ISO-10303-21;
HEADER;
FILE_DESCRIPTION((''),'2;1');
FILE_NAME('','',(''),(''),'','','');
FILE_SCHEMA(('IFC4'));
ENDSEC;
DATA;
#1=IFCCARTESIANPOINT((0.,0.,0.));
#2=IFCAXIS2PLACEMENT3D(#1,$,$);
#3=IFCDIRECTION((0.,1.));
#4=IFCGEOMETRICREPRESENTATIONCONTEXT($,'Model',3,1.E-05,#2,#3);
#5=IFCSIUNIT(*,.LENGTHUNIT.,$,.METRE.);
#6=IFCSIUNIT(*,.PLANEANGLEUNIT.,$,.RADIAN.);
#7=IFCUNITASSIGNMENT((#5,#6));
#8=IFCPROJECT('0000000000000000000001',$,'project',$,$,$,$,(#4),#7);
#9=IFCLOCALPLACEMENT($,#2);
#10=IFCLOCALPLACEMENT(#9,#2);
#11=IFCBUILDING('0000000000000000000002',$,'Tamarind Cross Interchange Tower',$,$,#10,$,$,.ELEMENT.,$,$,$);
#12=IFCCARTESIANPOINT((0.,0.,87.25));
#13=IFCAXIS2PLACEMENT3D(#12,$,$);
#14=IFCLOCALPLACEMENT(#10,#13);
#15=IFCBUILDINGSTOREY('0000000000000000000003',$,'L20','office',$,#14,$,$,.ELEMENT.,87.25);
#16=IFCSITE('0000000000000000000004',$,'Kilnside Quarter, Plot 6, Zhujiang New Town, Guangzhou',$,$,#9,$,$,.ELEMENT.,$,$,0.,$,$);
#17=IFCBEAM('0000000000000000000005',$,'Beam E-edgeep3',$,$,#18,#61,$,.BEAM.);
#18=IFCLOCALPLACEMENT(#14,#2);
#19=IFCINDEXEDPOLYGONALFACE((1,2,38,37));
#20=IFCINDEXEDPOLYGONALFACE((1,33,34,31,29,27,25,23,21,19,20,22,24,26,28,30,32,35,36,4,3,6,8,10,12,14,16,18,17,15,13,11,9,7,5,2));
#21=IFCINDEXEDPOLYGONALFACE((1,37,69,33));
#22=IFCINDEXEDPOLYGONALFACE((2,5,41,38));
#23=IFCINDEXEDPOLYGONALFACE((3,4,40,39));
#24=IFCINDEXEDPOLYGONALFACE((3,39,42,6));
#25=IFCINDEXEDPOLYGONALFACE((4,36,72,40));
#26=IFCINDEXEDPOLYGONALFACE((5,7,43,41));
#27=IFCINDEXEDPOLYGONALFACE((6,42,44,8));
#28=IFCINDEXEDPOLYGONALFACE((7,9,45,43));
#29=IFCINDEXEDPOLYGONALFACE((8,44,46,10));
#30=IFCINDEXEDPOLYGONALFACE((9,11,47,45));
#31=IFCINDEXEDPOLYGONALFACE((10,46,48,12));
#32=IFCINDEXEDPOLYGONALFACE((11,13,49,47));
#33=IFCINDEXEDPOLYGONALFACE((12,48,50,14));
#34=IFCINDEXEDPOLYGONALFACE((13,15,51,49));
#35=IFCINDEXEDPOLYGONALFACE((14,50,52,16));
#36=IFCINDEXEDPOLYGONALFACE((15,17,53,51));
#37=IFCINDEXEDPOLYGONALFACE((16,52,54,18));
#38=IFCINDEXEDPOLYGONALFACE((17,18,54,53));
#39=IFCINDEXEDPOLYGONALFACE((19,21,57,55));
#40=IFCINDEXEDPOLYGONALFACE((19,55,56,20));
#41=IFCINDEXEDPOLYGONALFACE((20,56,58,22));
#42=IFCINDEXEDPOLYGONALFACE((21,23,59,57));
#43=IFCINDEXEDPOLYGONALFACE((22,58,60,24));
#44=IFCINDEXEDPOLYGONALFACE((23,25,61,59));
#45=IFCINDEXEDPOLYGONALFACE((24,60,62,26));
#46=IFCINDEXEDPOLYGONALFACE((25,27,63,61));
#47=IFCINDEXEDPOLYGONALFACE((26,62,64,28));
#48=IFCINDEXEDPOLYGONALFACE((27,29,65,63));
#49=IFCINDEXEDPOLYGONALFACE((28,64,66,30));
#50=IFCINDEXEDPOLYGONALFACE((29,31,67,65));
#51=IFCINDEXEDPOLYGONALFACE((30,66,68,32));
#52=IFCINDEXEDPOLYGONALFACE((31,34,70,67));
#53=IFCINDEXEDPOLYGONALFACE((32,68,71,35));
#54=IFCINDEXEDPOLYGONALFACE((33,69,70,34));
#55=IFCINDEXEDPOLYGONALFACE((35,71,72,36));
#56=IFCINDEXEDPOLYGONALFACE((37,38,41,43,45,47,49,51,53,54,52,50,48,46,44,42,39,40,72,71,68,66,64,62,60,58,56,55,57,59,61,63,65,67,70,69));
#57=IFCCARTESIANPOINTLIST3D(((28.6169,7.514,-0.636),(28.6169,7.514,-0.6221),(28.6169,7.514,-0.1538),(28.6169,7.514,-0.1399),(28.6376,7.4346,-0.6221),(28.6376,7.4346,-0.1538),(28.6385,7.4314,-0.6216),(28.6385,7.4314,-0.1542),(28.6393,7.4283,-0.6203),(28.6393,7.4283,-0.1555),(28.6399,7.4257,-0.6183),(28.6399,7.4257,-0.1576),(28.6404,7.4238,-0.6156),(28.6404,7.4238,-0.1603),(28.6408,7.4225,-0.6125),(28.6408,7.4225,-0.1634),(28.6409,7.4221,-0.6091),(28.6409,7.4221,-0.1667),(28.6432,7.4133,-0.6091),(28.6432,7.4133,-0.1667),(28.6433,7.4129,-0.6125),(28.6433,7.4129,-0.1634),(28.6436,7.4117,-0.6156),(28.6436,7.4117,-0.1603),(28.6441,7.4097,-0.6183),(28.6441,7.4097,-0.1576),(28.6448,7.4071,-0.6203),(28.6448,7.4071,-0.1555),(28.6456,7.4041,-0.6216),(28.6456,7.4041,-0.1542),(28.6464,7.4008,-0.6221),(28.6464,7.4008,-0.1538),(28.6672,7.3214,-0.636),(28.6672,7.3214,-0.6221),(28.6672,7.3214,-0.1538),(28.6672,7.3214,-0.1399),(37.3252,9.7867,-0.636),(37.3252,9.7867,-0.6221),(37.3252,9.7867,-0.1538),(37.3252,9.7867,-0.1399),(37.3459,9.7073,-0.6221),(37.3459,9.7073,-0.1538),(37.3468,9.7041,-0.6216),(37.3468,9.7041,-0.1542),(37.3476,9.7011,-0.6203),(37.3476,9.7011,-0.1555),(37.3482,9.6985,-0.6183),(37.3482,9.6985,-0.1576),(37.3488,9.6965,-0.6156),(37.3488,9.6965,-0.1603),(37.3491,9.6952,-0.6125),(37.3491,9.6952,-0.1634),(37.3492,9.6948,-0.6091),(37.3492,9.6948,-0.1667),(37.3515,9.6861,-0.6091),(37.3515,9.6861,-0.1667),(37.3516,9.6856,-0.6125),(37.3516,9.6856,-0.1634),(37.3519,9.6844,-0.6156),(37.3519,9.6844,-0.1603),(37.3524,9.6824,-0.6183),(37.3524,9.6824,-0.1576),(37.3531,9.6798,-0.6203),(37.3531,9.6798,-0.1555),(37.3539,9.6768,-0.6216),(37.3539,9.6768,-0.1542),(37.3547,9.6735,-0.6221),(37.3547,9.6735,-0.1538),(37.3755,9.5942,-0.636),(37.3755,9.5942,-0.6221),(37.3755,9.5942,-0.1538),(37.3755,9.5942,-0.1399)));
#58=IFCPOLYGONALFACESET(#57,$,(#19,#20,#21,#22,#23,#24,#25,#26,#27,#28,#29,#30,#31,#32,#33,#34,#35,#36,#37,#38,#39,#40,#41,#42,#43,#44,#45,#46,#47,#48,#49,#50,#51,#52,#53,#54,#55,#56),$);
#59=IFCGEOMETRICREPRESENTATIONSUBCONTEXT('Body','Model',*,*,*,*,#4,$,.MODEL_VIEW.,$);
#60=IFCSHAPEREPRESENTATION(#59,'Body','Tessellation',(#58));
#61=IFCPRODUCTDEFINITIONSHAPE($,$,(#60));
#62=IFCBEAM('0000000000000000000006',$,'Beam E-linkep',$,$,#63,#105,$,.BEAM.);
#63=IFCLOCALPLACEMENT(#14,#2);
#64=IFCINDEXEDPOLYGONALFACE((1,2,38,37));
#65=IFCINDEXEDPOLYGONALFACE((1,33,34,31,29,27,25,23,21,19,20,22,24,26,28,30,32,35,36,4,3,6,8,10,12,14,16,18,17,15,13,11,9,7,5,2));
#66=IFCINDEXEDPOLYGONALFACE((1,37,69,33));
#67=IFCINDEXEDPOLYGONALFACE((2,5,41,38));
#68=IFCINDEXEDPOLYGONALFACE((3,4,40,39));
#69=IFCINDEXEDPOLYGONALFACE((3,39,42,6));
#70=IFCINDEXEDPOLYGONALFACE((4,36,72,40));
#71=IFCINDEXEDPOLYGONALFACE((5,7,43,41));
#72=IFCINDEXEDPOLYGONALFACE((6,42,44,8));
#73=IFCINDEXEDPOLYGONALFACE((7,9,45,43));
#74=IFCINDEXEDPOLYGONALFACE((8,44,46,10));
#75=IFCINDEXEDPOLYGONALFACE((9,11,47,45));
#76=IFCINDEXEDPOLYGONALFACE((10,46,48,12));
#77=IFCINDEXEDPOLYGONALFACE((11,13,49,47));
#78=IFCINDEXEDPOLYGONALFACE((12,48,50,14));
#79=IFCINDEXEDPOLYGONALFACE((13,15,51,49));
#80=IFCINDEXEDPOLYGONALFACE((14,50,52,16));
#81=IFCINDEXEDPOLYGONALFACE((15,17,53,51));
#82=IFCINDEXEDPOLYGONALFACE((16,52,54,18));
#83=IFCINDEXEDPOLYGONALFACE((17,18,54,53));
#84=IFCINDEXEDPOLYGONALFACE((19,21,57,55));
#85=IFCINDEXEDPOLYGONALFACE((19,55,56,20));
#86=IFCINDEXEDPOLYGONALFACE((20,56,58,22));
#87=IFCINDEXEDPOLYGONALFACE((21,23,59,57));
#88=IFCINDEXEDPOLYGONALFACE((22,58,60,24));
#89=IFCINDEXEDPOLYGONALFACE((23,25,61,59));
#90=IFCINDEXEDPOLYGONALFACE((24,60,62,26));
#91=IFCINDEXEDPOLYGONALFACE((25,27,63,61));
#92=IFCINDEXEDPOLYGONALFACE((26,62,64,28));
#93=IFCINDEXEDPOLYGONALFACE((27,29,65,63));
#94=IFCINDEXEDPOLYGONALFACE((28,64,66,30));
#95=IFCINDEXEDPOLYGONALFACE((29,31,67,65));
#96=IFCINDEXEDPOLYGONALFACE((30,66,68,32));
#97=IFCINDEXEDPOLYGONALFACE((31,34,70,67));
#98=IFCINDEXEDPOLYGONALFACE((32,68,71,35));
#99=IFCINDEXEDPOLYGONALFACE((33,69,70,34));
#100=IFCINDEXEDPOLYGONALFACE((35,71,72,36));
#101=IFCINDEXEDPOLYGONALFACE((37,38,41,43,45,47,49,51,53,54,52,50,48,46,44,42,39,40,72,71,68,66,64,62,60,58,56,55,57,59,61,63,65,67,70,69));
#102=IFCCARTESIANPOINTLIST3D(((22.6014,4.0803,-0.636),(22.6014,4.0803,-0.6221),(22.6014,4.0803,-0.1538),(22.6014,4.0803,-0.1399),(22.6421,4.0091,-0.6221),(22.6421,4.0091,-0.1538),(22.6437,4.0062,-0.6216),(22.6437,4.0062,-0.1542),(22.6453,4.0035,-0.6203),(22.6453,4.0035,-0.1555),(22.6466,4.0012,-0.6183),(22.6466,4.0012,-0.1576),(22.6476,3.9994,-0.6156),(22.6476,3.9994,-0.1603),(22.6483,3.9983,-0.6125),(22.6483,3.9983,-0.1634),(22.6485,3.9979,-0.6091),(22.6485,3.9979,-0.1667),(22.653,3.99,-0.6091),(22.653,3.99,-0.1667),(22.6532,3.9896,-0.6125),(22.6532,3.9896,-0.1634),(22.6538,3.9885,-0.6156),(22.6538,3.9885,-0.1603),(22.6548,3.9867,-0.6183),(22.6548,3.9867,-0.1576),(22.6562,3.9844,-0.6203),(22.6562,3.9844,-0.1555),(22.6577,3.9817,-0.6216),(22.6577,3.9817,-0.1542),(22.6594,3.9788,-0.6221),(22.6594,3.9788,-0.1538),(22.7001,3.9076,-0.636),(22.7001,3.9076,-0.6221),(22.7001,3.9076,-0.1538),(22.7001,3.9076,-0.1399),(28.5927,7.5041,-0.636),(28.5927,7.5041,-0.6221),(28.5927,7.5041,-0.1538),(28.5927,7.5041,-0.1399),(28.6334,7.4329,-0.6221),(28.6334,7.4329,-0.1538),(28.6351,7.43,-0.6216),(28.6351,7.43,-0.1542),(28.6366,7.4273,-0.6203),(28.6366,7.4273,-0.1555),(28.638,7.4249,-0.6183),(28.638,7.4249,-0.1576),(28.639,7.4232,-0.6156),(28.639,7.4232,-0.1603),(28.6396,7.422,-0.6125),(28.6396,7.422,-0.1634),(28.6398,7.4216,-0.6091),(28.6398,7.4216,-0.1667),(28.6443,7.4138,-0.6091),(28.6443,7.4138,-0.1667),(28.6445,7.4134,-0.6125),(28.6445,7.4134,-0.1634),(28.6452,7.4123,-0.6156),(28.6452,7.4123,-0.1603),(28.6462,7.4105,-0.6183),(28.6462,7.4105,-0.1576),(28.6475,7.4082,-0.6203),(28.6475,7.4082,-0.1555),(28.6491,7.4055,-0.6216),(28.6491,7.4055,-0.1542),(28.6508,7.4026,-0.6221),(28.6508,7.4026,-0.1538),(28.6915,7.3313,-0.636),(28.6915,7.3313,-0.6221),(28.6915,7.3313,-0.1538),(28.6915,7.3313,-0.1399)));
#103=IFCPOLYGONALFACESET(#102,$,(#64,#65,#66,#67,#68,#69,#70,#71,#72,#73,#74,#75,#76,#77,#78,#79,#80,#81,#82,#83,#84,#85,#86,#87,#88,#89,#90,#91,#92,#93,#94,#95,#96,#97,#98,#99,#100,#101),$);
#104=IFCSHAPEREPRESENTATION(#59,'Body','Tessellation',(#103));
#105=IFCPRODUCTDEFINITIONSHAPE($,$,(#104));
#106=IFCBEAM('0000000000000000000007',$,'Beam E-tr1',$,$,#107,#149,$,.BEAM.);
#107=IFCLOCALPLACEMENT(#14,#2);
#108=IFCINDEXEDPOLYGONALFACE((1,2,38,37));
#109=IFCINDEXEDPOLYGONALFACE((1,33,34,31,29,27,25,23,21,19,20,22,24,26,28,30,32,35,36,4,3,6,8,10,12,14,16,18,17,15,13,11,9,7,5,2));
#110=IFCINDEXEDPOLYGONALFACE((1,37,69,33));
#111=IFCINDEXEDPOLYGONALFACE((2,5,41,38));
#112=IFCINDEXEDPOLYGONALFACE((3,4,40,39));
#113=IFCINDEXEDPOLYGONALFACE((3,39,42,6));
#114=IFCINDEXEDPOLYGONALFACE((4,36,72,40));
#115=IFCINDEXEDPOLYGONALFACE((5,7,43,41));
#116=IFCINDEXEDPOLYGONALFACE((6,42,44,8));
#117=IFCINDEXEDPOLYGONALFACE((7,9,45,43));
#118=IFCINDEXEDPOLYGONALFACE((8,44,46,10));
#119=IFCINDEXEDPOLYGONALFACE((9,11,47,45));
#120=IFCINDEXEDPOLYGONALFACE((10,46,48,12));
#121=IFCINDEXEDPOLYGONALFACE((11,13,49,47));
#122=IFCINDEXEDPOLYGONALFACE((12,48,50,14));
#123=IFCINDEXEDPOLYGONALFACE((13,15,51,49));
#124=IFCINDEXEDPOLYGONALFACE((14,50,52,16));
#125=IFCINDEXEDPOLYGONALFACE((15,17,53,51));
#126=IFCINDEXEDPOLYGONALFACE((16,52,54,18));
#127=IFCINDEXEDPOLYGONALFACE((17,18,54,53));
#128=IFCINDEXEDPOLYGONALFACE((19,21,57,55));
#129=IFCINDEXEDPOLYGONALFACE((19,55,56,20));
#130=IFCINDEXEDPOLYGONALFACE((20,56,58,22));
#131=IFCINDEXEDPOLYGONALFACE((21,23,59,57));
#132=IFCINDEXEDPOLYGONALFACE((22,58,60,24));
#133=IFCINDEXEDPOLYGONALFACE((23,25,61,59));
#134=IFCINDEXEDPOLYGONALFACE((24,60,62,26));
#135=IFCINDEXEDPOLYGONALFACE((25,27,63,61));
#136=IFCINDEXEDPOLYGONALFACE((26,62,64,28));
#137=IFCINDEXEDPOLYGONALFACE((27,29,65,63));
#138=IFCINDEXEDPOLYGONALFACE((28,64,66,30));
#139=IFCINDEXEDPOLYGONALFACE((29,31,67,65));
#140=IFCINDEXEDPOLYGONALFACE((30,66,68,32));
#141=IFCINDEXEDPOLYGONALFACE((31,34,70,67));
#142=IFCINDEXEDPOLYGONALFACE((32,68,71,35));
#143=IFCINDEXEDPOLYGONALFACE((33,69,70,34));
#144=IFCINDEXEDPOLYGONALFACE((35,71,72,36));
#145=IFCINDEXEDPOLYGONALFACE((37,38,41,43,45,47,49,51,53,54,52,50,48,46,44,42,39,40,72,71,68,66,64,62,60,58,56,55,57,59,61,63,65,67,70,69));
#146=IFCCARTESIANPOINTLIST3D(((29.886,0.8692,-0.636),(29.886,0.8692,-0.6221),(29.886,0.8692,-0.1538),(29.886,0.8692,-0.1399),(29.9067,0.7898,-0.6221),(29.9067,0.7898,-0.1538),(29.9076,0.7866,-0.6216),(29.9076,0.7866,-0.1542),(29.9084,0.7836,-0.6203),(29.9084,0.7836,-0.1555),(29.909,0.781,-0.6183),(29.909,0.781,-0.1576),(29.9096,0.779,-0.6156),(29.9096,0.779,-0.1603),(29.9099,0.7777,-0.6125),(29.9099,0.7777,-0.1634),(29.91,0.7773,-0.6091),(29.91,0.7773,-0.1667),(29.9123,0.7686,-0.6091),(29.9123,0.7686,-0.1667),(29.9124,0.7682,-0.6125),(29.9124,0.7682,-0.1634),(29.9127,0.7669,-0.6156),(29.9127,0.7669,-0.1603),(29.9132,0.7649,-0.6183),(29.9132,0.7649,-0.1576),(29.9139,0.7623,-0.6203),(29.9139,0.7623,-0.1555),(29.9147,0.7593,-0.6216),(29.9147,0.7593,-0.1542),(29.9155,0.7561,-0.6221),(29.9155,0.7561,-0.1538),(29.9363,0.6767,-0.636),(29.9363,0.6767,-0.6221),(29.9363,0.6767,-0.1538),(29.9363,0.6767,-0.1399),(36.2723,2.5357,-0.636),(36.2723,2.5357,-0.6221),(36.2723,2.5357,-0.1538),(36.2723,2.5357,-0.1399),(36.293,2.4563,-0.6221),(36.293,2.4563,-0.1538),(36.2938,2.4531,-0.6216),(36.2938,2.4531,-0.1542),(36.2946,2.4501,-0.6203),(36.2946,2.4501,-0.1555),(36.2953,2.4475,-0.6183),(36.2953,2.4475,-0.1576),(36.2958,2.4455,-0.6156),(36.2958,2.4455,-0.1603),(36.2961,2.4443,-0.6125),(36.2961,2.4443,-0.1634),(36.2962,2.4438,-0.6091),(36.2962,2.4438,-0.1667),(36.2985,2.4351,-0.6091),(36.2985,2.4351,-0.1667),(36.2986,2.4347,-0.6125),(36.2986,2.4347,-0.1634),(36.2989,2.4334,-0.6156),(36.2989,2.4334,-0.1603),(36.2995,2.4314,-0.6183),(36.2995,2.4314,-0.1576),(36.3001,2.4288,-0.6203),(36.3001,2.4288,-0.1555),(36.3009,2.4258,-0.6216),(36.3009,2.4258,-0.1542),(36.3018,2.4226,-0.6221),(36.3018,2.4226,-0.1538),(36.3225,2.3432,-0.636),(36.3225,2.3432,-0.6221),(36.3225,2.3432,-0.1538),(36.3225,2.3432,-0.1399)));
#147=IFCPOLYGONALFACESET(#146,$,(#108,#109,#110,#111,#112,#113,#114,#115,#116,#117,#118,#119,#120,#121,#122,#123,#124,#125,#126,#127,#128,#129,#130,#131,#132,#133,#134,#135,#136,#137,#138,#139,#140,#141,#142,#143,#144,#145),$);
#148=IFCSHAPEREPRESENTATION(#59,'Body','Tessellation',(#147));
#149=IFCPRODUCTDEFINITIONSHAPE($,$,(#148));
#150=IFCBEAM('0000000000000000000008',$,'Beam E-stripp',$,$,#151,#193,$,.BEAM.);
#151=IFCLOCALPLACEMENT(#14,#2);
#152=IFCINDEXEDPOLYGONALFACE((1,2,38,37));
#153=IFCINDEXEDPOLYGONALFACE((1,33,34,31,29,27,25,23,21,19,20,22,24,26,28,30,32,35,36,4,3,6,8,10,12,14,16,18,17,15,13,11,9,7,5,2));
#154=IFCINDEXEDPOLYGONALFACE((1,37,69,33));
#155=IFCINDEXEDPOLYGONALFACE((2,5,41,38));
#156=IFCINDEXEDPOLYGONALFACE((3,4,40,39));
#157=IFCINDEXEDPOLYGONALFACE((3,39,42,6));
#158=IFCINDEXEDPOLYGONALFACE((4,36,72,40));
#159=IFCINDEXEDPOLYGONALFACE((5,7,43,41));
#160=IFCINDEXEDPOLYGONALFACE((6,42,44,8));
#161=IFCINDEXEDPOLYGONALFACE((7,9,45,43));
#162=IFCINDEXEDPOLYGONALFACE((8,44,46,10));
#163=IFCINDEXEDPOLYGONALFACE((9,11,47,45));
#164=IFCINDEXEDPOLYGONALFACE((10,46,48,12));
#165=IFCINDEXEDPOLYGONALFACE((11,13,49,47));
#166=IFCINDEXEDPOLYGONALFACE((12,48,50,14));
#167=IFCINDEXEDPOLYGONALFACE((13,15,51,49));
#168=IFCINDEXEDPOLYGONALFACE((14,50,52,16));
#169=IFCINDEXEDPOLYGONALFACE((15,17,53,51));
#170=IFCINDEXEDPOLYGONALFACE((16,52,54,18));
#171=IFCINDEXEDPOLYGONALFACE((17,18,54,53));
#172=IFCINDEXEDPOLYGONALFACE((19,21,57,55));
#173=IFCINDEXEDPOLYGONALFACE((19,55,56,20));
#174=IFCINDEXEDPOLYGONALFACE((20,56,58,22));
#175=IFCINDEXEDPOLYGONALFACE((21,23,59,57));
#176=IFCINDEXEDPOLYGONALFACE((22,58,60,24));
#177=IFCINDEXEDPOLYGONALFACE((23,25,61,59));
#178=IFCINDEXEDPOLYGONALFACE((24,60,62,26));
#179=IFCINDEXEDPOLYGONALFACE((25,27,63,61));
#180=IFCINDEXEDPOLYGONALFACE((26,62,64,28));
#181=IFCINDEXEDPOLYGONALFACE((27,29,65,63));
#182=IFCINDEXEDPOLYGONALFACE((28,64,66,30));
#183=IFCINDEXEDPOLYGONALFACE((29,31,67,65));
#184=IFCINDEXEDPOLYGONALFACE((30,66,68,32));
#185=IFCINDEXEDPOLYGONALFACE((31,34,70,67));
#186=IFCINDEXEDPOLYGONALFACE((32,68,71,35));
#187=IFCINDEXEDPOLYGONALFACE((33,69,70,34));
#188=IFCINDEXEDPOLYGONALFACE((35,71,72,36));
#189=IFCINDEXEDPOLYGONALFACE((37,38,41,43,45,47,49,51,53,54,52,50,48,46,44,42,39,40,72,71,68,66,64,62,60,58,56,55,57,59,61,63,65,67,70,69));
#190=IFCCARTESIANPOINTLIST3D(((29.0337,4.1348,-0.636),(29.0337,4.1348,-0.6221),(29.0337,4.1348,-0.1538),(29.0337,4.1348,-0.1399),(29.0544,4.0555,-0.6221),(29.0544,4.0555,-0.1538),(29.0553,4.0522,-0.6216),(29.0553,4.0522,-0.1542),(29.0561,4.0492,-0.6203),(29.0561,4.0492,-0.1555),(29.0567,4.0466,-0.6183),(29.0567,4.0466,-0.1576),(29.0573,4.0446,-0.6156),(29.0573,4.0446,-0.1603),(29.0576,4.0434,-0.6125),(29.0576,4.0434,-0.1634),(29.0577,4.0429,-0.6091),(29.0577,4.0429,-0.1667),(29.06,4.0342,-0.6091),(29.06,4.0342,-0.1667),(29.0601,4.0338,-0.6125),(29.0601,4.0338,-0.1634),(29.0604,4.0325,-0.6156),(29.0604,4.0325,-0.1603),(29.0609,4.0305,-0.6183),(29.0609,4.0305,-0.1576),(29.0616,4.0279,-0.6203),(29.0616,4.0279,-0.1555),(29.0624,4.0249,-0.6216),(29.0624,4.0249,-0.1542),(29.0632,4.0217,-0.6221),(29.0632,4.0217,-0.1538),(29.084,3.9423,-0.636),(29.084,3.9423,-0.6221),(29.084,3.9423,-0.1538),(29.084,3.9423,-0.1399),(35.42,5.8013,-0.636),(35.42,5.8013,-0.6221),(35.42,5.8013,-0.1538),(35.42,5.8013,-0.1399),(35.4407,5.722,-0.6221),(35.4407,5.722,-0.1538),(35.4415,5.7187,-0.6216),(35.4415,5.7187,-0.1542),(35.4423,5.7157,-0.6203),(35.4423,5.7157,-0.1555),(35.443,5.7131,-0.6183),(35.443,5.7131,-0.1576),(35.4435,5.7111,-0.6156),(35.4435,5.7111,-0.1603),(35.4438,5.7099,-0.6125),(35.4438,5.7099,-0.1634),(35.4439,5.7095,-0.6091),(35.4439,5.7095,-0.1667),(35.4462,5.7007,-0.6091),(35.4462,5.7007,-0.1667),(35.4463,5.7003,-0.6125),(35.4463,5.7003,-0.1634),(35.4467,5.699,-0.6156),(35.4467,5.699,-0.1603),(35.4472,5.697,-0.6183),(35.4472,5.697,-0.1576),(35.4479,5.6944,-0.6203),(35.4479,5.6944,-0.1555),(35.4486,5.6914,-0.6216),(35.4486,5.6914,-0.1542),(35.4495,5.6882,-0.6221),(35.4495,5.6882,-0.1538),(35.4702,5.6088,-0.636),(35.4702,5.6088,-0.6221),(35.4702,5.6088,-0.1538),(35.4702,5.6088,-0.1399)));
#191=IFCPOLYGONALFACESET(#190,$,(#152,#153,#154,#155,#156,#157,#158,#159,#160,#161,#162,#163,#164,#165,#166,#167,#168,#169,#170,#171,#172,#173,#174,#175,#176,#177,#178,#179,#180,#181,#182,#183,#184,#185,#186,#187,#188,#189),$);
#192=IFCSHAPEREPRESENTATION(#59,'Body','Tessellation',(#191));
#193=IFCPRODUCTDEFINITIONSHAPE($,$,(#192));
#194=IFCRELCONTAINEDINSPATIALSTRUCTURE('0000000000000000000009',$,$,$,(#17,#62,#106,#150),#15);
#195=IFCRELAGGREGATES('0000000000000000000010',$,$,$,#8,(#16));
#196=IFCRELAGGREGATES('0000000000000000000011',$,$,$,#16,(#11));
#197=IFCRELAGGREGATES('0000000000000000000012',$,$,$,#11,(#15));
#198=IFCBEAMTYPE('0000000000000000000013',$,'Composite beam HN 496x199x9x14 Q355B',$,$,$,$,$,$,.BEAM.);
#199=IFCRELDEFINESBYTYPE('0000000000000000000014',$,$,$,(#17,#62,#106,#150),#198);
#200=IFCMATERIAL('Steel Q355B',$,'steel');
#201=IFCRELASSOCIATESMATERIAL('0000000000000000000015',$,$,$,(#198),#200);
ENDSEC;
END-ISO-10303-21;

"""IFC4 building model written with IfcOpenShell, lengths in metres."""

from ifc_helpers import new_model, si_unit, direction, frame, origin, origin_2d, place, context, subcontext, project, spatial, i_section, extrude, material, material_profile, profile_set, type_object, element, save


model = new_model("IFC4")

# Units and contexts
model_context = context("Model", 3, precision=1e-05, world=origin(), true_north=direction((0.0, 1.0)))
body_context = subcontext(model_context, "Body", "Model", "MODEL_VIEW")
ifc_project = project(units=[si_unit("LENGTHUNIT", "METRE"), si_unit("PLANEANGLEUNIT", "RADIAN")], contexts=[model_context])

# Site, building, storey
site_placement = place(None, origin())
site = spatial("IfcSite", under=ifc_project, at=site_placement, Name="Kilnside Quarter, Plot 6, Zhujiang New Town, Guangzhou", CompositionType="ELEMENT", RefElevation=0.0)
building_placement = place(site_placement, origin())
building = spatial("IfcBuilding", under=site, at=building_placement, Name="Tamarind Cross Interchange Tower", CompositionType="ELEMENT")
storey_placement = place(building_placement, frame((0.0, 0.0, 87.25)))
storey = spatial("IfcBuildingStorey", under=building, at=storey_placement, Name="L20", Description="office", CompositionType="ELEMENT", Elevation=87.25)

# Beams
ifc_material_1 = material(Name="Steel Q355B", Category="steel")
ifc_material_profile_1 = material_profile(ifc_material_1, i_section(OverallWidth=0.199, OverallDepth=0.4961, WebThickness=0.009, FlangeThickness=0.0139, FilletRadius=0.0129, at=origin_2d()), Name="HN 496x199x9x14")
ifc_profile_set_1 = profile_set([ifc_material_profile_1], Name="Steel Q355B")
beam_type_1 = type_object("IfcBeamType", Name="Composite beam HN 496x199x9x14 Q355B", PredefinedType="BEAM", material=ifc_profile_set_1)
beam_1_placement = place(storey_placement, frame((37.3503, 9.6904, -0.3879), z_axis=(-0.96759, -0.252525, 0.0), x_axis=(0.252525, -0.96759, 0.0)))
element("IfcBeam", 1, at=beam_1_placement, inside=storey, type_object=beam_type_1, Name="Beam E-edgeep3", PredefinedType="BEAM", context=body_context, shape_type="SweptSolid", body=[
    extrude(i_section(OverallWidth=0.199, OverallDepth=0.4961, WebThickness=0.009, FlangeThickness=0.0139, FilletRadius=0.0129, at=origin_2d()), origin(), (0.0, 0.0, 1.0), 9.0),
])
beam_2_placement = place(storey_placement, frame((28.6421, 7.4177, -0.3879), z_axis=(-0.868234, -0.496154, 0.0), x_axis=(0.496154, -0.868234, 0.0)))
element("IfcBeam", 2, at=beam_2_placement, inside=storey, type_object=beam_type_1, Name="Beam E-linkep", PredefinedType="BEAM", context=body_context, shape_type="SweptSolid", body=[
    extrude(i_section(OverallWidth=0.199, OverallDepth=0.4961, WebThickness=0.009, FlangeThickness=0.0139, FilletRadius=0.0129, at=origin_2d()), origin(), (0.0, 0.0, 1.0), 6.9006),
])
for number, where, z_axis, x_axis, name in (
    (3, (29.9111, 0.7729, -0.3879), (0.967598, 0.252497, 0.0), (-0.252497, 0.967598, 0.0), "Beam E-tr1"),
    (4, (29.0588, 4.0386, -0.3879), (0.967598, 0.252497, 0.0), (-0.252497, 0.967598, 0.0), "Beam E-stripp"),
):
    element("IfcBeam", number, at=place(storey_placement, frame(where, z_axis=z_axis, x_axis=x_axis)), inside=storey, type_object=beam_type_1, Name=name, PredefinedType="BEAM", context=body_context, shape_type="SweptSolid", body=[
        extrude(i_section(OverallWidth=0.199, OverallDepth=0.4961, WebThickness=0.009, FlangeThickness=0.0139, FilletRadius=0.0129, at=origin_2d()), origin(), (0.0, 0.0, 1.0), 6.6001),
    ])

save(model, "model.ifc")
